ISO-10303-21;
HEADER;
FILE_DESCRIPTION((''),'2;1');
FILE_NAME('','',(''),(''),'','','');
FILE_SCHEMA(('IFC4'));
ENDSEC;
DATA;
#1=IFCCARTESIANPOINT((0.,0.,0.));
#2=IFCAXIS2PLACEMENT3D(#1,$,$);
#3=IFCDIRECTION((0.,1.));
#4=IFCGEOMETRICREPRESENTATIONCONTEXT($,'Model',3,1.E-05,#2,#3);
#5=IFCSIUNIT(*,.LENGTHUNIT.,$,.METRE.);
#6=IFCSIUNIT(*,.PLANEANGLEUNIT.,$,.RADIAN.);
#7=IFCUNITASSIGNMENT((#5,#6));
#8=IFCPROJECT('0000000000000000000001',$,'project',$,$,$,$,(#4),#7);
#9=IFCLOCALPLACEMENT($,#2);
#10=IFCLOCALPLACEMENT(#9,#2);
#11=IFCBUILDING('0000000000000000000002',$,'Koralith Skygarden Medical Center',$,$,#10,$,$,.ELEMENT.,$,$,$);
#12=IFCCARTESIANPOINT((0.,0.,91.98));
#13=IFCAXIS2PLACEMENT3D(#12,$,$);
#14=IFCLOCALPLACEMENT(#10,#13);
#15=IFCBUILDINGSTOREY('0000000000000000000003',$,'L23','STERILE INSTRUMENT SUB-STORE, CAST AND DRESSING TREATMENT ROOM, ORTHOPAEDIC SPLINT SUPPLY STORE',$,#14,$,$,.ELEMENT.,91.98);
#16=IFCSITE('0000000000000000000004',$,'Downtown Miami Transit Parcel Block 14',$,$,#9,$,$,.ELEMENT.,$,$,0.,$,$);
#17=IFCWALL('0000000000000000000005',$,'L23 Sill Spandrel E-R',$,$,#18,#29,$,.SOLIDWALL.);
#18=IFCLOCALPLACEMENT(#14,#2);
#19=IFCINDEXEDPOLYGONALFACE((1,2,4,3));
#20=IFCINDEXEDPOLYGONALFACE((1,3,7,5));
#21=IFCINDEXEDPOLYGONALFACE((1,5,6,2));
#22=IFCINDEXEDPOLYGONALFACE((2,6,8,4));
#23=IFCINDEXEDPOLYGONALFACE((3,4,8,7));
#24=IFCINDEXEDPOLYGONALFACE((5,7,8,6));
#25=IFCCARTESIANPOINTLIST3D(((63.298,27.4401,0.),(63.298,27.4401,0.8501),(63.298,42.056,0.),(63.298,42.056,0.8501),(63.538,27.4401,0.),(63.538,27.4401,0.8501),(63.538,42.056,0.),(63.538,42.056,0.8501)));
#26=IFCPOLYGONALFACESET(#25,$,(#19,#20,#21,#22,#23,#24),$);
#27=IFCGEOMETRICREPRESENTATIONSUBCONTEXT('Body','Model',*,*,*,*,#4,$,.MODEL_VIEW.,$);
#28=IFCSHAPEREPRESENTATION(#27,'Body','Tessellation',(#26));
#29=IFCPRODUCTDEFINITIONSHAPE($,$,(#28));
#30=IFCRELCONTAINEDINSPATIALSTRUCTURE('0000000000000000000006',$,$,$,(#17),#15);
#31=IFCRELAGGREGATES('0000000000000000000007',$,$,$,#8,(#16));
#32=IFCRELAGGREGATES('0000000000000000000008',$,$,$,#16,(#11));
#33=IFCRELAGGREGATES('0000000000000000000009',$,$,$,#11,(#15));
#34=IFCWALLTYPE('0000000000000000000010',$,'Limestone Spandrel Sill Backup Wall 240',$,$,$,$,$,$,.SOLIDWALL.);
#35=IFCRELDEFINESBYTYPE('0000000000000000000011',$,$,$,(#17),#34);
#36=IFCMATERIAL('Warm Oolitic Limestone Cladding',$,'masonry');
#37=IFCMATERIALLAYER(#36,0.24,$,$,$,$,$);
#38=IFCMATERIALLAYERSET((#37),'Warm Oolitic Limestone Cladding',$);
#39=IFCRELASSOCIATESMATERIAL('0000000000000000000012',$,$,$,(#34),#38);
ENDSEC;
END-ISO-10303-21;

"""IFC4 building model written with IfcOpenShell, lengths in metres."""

from ifc_helpers import new_model, si_unit, direction, frame, frame_2d, origin, place, context, subcontext, project, spatial, rectangle, extrude, material, layer, layer_set, type_object, element, save


model = new_model("IFC4")

# Units and contexts
model_context = context("Model", 3, precision=1e-05, world=origin(), true_north=direction((0.0, 1.0)))
body_context = subcontext(model_context, "Body", "Model", "MODEL_VIEW")
ifc_project = project(units=[si_unit("LENGTHUNIT", "METRE"), si_unit("PLANEANGLEUNIT", "RADIAN")], contexts=[model_context])

# Site, building, storey
site_placement = place(None, origin())
site = spatial("IfcSite", under=ifc_project, at=site_placement, Name="Downtown Miami Transit Parcel Block 14", CompositionType="ELEMENT", RefElevation=0.0)
building_placement = place(site_placement, origin())
building = spatial("IfcBuilding", under=site, at=building_placement, Name="Koralith Skygarden Medical Center", CompositionType="ELEMENT")
storey_placement = place(building_placement, frame((0.0, 0.0, 91.98)))
storey = spatial("IfcBuildingStorey", under=building, at=storey_placement, Name="L23", Description="STERILE INSTRUMENT SUB-STORE, CAST AND DRESSING TREATMENT ROOM, ORTHOPAEDIC SPLINT SUPPLY STORE", CompositionType="ELEMENT", Elevation=91.98)

# Wall
ifc_material_1 = material(Name="Warm Oolitic Limestone Cladding", Category="masonry")
ifc_layer_1 = layer(ifc_material_1, 0.24)
ifc_layer_set_1 = layer_set([ifc_layer_1], Name="Warm Oolitic Limestone Cladding")
wall_type_1 = type_object("IfcWallType", Name="Limestone Spandrel Sill Backup Wall 240", PredefinedType="SOLIDWALL", material=ifc_layer_set_1)
wall_1_placement = place(storey_placement, frame((63.418, 27.4399, 0.0), z_axis=(0.0, 0.0, 1.0), x_axis=(0.0, 1.0, 0.0)))
element("IfcWall", 1, at=wall_1_placement, inside=storey, type_object=wall_type_1, Name="L23 Sill Spandrel E-R", PredefinedType="SOLIDWALL", context=body_context, shape_type="SweptSolid", body=[
    extrude(rectangle(XDim=14.616, YDim=0.24, at=frame_2d((7.3081, 0.0))), origin(), (0.0, 0.0, 1.0), 0.8501),
])

save(model, "model.ifc")
